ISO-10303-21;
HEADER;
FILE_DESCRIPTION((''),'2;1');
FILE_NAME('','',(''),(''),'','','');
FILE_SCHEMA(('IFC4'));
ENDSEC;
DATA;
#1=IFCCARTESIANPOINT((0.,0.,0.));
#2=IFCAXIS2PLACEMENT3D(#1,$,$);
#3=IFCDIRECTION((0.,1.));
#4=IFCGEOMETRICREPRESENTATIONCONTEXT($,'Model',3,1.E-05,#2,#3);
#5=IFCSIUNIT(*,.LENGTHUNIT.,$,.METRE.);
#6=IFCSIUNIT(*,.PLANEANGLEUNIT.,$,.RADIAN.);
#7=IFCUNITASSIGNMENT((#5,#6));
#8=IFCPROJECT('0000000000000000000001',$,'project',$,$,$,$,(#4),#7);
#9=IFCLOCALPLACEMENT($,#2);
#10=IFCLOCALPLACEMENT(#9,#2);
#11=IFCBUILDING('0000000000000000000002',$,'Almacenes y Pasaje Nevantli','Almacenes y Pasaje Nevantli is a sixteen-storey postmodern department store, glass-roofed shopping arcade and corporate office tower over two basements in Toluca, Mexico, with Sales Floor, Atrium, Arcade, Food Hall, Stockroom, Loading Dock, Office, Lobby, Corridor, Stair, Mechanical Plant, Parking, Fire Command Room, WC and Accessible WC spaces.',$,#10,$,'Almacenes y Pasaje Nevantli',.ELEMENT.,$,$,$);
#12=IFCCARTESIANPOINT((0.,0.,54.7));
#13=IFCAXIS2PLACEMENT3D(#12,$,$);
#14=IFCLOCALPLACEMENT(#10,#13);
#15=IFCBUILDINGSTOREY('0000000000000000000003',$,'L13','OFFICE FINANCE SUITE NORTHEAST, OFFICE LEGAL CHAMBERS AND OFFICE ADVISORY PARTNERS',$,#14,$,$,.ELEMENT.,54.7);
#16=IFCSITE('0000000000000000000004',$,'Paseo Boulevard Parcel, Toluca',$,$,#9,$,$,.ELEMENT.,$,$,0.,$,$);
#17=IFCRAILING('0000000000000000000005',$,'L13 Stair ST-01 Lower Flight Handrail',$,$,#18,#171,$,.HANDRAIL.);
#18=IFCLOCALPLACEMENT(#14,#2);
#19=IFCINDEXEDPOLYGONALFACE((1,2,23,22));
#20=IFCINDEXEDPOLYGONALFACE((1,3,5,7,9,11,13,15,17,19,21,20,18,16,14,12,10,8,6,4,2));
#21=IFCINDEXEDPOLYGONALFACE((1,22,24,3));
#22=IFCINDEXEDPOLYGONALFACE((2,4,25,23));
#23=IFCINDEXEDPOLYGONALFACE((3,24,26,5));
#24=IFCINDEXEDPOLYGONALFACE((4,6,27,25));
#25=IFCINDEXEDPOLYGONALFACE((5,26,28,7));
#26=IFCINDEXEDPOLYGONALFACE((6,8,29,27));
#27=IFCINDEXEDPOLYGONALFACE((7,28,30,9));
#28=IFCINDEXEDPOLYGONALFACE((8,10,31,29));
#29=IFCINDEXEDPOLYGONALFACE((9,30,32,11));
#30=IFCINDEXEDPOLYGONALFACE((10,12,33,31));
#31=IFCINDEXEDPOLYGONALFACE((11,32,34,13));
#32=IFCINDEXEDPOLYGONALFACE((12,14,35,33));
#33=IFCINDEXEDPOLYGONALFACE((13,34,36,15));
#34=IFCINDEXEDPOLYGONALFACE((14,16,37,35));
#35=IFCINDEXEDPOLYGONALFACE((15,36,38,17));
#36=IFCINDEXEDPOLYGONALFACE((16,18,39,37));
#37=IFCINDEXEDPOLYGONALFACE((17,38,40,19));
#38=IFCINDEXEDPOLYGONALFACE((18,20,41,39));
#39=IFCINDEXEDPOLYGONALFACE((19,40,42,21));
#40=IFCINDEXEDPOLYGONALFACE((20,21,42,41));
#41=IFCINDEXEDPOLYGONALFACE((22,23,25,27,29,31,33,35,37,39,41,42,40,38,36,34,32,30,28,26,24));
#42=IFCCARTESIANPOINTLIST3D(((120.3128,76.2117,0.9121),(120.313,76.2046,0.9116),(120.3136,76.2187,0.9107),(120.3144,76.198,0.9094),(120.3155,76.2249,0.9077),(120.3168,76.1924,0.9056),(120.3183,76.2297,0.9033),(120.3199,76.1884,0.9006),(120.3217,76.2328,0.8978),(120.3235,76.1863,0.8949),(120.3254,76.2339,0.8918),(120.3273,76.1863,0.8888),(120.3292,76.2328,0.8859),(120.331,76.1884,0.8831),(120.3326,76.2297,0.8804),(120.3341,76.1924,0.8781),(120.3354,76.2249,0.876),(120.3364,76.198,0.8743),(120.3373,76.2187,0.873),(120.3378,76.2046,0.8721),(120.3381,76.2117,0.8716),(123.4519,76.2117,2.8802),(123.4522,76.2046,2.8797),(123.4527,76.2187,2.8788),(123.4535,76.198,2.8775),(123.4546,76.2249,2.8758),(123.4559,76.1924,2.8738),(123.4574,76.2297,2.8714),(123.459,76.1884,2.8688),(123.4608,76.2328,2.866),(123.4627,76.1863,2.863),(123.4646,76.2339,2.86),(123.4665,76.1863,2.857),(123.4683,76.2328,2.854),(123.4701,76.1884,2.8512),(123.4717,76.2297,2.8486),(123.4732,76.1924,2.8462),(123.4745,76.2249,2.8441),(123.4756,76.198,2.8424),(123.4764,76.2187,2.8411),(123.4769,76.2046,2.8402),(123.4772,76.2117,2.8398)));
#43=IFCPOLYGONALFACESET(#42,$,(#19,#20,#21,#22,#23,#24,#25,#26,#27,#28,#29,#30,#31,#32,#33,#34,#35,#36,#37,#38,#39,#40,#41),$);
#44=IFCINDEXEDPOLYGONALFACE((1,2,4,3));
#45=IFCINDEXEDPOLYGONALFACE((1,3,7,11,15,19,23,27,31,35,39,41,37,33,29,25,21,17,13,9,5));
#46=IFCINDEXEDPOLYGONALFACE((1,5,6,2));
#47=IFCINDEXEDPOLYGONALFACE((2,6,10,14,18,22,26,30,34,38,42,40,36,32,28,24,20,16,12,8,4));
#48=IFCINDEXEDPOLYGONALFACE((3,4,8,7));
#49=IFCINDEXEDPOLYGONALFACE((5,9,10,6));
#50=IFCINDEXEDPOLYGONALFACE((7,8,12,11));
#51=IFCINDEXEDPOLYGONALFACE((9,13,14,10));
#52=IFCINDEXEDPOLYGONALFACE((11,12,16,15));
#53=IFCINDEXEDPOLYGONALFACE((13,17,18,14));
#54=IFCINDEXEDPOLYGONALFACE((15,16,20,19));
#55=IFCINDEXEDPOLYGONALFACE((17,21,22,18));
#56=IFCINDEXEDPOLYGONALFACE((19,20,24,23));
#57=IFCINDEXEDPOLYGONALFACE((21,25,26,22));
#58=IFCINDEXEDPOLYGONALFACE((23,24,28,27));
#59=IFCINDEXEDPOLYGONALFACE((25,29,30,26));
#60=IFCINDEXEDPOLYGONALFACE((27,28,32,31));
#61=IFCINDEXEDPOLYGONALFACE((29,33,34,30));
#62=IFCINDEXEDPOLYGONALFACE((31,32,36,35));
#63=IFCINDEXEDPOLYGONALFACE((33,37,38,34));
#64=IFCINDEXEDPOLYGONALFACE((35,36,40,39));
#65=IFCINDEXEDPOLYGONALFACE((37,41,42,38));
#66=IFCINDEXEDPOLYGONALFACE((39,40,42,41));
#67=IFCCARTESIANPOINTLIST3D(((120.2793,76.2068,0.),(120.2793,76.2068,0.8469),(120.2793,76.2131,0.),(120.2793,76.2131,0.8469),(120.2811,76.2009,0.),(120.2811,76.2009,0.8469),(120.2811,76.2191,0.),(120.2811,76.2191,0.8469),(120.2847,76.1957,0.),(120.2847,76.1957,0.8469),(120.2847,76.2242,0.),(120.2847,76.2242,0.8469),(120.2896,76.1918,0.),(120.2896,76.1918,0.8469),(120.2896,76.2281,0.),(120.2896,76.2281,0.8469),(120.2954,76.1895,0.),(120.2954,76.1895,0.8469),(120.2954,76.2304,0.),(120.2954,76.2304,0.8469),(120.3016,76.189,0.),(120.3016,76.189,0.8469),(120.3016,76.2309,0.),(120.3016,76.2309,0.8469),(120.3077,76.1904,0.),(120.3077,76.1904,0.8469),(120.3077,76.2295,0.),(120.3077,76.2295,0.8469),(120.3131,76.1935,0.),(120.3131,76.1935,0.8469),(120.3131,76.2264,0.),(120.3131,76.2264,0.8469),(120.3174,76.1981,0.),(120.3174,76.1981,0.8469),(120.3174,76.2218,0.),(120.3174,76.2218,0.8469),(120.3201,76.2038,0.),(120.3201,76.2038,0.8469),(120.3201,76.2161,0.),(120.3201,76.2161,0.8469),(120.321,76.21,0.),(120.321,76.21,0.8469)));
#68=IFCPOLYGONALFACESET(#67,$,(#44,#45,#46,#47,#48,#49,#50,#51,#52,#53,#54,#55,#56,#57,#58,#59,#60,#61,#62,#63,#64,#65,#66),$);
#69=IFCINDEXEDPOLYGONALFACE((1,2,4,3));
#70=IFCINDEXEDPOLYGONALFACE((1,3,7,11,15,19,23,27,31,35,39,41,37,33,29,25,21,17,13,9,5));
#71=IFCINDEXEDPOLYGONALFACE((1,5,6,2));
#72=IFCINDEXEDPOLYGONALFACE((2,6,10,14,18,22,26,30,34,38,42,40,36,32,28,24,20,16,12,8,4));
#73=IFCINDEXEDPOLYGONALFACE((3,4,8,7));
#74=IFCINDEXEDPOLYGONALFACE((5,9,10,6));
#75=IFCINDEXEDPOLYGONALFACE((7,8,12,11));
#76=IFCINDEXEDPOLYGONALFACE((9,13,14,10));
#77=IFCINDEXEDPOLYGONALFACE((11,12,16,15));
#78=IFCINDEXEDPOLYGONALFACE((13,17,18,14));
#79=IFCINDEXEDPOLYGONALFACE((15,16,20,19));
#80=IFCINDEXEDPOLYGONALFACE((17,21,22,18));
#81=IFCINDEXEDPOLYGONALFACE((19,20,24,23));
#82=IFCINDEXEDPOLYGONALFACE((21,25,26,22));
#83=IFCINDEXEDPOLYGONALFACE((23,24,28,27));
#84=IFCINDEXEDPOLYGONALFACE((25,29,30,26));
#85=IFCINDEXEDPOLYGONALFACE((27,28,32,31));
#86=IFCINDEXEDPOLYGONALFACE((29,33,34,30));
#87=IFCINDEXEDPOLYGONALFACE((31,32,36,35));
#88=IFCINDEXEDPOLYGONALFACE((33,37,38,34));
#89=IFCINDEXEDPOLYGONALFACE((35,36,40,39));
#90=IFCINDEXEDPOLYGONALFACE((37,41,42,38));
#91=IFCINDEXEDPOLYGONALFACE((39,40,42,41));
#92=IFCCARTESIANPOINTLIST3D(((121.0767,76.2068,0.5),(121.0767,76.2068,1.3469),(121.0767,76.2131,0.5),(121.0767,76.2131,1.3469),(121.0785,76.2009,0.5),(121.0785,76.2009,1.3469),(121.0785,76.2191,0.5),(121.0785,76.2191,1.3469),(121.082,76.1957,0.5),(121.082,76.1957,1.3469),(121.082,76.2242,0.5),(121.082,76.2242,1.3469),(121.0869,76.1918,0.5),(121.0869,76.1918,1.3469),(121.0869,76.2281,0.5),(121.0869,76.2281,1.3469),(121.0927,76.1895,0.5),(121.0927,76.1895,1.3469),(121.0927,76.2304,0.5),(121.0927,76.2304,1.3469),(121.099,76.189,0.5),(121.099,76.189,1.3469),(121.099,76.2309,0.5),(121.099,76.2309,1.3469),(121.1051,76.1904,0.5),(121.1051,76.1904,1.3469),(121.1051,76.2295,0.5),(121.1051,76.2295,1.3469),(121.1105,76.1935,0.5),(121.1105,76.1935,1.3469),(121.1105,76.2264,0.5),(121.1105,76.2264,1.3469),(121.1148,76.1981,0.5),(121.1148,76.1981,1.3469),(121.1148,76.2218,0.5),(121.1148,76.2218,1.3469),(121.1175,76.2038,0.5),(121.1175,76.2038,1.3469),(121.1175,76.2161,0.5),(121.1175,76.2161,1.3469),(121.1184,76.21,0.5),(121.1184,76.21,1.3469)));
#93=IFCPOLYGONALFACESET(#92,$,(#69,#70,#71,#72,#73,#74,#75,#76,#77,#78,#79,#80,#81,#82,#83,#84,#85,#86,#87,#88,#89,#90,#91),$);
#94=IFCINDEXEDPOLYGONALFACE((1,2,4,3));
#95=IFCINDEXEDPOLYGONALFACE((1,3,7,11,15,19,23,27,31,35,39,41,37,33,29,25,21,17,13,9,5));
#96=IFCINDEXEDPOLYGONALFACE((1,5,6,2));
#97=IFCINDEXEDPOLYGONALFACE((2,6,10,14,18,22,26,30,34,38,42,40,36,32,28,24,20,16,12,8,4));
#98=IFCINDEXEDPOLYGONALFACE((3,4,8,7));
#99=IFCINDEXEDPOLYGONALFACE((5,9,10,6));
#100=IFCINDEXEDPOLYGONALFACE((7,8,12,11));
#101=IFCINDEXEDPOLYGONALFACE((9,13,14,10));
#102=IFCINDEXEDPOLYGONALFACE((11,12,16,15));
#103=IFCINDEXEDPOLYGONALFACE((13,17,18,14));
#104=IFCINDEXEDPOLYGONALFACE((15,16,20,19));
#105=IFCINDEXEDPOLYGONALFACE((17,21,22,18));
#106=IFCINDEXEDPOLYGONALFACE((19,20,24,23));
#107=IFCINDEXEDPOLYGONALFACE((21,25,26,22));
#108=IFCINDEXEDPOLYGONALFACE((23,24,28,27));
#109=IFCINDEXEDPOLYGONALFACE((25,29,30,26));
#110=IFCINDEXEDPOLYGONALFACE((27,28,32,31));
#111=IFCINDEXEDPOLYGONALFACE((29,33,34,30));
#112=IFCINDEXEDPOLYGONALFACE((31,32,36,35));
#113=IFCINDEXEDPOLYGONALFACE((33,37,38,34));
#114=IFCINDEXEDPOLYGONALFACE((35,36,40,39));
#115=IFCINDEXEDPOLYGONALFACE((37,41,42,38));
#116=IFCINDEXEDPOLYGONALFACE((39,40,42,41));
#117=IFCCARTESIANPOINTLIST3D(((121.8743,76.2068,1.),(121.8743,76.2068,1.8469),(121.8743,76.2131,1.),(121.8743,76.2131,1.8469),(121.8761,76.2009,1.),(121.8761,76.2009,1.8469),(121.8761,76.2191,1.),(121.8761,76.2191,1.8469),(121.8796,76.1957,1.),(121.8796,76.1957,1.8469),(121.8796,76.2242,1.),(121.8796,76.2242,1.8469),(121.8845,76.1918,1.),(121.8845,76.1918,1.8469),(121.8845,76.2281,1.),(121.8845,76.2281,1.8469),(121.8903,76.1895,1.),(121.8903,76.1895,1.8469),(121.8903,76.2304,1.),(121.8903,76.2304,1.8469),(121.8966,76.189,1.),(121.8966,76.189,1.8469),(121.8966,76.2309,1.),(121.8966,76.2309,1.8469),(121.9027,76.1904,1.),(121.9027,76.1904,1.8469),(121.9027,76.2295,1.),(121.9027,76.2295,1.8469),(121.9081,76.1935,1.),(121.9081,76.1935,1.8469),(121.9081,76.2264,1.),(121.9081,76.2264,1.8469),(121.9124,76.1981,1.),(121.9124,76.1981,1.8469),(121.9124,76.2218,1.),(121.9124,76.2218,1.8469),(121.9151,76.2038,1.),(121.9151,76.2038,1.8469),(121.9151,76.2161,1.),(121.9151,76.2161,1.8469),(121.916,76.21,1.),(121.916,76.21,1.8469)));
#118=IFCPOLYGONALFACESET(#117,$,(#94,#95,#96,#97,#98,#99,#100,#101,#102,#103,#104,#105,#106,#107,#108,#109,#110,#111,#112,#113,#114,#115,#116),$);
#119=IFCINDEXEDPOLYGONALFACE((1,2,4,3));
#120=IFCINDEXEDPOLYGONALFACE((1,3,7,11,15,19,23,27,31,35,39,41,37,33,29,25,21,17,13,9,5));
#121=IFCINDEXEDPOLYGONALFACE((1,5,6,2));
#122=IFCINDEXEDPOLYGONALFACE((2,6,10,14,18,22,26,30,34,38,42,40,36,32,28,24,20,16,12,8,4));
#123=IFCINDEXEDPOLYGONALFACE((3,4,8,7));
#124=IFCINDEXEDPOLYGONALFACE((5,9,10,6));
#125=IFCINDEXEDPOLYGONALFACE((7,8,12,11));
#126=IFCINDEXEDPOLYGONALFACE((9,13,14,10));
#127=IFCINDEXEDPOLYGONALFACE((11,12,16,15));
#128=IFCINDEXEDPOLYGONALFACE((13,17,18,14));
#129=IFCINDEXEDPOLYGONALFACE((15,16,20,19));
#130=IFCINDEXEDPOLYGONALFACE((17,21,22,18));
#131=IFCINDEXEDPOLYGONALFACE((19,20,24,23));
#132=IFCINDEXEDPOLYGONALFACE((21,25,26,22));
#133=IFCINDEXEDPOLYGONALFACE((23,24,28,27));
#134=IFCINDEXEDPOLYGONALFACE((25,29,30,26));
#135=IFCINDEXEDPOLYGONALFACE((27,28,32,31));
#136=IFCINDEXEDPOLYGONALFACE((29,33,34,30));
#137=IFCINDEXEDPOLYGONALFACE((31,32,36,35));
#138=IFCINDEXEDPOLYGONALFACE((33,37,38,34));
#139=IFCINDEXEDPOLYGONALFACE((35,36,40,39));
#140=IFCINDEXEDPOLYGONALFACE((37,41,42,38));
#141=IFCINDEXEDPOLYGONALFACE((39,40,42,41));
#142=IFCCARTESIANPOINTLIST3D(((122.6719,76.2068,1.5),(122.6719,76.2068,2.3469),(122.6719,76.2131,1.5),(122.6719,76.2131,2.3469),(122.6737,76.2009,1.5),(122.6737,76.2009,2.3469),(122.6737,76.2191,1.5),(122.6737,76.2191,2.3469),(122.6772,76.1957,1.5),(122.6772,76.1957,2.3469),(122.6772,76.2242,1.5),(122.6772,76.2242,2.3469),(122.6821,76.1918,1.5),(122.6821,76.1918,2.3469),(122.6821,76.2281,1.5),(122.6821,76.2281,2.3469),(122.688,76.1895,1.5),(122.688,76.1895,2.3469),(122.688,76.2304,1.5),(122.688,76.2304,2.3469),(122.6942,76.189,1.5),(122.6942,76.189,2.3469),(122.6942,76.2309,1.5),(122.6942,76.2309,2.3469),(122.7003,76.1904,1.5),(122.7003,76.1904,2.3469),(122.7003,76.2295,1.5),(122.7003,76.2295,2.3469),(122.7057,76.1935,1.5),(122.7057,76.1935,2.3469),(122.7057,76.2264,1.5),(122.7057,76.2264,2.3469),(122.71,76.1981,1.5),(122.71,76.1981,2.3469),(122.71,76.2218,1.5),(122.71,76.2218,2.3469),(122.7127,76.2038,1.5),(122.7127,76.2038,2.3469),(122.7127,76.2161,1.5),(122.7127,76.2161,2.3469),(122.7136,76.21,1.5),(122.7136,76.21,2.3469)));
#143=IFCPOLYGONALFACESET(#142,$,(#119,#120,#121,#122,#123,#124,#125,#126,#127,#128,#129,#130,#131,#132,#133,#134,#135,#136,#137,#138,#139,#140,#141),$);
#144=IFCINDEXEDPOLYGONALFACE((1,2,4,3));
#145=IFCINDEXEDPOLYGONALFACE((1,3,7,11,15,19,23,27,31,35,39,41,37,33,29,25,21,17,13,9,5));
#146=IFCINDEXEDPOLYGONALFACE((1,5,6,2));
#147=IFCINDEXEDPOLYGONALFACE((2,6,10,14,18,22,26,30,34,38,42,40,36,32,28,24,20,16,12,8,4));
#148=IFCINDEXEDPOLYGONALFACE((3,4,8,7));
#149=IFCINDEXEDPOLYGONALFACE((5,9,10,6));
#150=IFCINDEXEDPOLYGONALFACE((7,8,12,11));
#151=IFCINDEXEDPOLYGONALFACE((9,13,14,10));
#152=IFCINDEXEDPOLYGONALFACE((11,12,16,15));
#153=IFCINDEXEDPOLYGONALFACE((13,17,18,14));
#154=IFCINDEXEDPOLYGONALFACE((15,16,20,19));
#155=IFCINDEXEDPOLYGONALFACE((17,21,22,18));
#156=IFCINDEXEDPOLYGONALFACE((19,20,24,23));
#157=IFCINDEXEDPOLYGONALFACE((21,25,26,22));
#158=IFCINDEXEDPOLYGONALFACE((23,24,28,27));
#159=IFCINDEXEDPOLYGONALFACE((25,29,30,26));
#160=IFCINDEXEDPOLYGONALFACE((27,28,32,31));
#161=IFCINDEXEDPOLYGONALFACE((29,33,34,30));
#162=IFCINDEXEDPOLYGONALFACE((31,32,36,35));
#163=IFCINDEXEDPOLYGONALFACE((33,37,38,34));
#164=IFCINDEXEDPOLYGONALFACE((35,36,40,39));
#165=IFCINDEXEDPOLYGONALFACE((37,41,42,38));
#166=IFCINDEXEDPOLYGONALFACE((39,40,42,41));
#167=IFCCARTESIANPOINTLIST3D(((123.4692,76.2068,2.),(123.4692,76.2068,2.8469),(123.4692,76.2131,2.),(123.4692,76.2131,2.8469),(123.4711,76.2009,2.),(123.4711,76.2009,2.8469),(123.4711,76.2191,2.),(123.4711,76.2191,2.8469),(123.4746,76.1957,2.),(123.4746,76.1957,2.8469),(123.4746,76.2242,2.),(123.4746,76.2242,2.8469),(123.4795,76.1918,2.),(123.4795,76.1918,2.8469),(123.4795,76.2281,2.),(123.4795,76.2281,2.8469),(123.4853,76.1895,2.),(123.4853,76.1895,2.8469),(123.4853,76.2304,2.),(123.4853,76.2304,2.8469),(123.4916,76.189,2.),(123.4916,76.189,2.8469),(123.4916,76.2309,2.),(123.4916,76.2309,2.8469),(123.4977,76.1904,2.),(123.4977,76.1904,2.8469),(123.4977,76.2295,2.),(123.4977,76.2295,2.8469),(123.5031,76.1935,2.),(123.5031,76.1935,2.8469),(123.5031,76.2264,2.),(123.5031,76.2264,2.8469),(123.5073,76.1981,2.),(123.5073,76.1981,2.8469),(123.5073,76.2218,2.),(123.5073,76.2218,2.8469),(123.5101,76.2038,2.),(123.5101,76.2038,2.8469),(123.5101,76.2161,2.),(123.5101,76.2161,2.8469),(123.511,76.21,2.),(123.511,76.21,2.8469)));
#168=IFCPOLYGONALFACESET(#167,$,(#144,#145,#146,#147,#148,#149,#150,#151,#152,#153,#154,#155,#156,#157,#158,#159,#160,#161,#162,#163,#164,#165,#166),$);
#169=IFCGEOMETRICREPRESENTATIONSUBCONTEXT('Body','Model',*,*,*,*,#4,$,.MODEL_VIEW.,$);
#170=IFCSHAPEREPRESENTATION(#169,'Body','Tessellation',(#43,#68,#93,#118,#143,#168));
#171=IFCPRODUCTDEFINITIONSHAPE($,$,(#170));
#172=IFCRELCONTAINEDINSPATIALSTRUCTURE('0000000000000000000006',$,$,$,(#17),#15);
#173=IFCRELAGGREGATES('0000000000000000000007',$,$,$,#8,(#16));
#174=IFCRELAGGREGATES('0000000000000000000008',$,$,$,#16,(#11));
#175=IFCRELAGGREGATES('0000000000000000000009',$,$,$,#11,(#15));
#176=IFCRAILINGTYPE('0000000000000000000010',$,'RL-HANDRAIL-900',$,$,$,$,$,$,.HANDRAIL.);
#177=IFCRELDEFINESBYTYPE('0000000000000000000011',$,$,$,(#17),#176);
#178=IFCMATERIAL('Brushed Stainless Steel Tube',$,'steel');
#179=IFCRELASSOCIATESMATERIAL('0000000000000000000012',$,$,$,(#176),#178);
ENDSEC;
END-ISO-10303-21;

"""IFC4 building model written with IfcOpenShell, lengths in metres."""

from ifc_helpers import new_model, si_unit, direction, frame, origin, origin_2d, place, context, subcontext, project, spatial, circle, extrude, material, type_object, element, save


model = new_model("IFC4")

# Units and contexts
model_context = context("Model", 3, precision=1e-05, world=origin(), true_north=direction((0.0, 1.0)))
body_context = subcontext(model_context, "Body", "Model", "MODEL_VIEW")
ifc_project = project(units=[si_unit("LENGTHUNIT", "METRE"), si_unit("PLANEANGLEUNIT", "RADIAN")], contexts=[model_context])

# Site, building, storey
site_placement = place(None, origin())
site = spatial("IfcSite", under=ifc_project, at=site_placement, Name="Paseo Boulevard Parcel, Toluca", CompositionType="ELEMENT", RefElevation=0.0)
building_placement = place(site_placement, origin())
building = spatial("IfcBuilding", under=site, at=building_placement, Name="Almacenes y Pasaje Nevantli", Description="Almacenes y Pasaje Nevantli is a sixteen-storey postmodern department store, glass-roofed shopping arcade and corporate office tower over two basements in Toluca, Mexico, with Sales Floor, Atrium, Arcade, Food Hall, Stockroom, Loading Dock, Office, Lobby, Corridor, Stair, Mechanical Plant, Parking, Fire Command Room, WC and Accessible WC spaces.", LongName="Almacenes y Pasaje Nevantli", CompositionType="ELEMENT")
storey_placement = place(building_placement, frame((0.0, 0.0, 54.7)))
storey = spatial("IfcBuildingStorey", under=building, at=storey_placement, Name="L13", Description="OFFICE FINANCE SUITE NORTHEAST, OFFICE LEGAL CHAMBERS AND OFFICE ADVISORY PARTNERS", CompositionType="ELEMENT", Elevation=54.7)

# Railing
ifc_material_1 = material(Name="Brushed Stainless Steel Tube", Category="steel")
railing_type_1 = type_object("IfcRailingType", Name="RL-HANDRAIL-900", PredefinedType="HANDRAIL", material=ifc_material_1)
railing_1_placement = place(storey_placement, frame((120.3, 76.21, 0.0)))
element("IfcRailing", 1, at=railing_1_placement, inside=storey, type_object=railing_type_1, Name="L13 Stair ST-01 Lower Flight Handrail", PredefinedType="HANDRAIL", context=body_context, shape_type="SweptSolid", body=[
    extrude(circle(Radius=0.0239, at=origin_2d()), frame((0.0254, 0.0, 0.8918), z_axis=(0.847247, 0.0, 0.531199), x_axis=(0.0, 1.0, 0.0)), (0.0, 0.0, 1.0), 3.7051),
    extrude(circle(Radius=0.021, at=origin_2d()), origin(), (0.0, 0.0, 1.0), 0.8469),
    extrude(circle(Radius=0.021, at=origin_2d()), frame((0.7974, 0.0, 0.5)), (0.0, 0.0, 1.0), 0.8469),
    extrude(circle(Radius=0.021, at=origin_2d()), frame((1.595, 0.0, 1.0)), (0.0, 0.0, 1.0), 0.8469),
    extrude(circle(Radius=0.021, at=origin_2d()), frame((2.3926, 0.0, 1.5)), (0.0, 0.0, 1.0), 0.8469),
    extrude(circle(Radius=0.021, at=origin_2d()), frame((3.1899, 0.0, 2.0)), (0.0, 0.0, 1.0), 0.8469),
])

save(model, "model.ifc")
